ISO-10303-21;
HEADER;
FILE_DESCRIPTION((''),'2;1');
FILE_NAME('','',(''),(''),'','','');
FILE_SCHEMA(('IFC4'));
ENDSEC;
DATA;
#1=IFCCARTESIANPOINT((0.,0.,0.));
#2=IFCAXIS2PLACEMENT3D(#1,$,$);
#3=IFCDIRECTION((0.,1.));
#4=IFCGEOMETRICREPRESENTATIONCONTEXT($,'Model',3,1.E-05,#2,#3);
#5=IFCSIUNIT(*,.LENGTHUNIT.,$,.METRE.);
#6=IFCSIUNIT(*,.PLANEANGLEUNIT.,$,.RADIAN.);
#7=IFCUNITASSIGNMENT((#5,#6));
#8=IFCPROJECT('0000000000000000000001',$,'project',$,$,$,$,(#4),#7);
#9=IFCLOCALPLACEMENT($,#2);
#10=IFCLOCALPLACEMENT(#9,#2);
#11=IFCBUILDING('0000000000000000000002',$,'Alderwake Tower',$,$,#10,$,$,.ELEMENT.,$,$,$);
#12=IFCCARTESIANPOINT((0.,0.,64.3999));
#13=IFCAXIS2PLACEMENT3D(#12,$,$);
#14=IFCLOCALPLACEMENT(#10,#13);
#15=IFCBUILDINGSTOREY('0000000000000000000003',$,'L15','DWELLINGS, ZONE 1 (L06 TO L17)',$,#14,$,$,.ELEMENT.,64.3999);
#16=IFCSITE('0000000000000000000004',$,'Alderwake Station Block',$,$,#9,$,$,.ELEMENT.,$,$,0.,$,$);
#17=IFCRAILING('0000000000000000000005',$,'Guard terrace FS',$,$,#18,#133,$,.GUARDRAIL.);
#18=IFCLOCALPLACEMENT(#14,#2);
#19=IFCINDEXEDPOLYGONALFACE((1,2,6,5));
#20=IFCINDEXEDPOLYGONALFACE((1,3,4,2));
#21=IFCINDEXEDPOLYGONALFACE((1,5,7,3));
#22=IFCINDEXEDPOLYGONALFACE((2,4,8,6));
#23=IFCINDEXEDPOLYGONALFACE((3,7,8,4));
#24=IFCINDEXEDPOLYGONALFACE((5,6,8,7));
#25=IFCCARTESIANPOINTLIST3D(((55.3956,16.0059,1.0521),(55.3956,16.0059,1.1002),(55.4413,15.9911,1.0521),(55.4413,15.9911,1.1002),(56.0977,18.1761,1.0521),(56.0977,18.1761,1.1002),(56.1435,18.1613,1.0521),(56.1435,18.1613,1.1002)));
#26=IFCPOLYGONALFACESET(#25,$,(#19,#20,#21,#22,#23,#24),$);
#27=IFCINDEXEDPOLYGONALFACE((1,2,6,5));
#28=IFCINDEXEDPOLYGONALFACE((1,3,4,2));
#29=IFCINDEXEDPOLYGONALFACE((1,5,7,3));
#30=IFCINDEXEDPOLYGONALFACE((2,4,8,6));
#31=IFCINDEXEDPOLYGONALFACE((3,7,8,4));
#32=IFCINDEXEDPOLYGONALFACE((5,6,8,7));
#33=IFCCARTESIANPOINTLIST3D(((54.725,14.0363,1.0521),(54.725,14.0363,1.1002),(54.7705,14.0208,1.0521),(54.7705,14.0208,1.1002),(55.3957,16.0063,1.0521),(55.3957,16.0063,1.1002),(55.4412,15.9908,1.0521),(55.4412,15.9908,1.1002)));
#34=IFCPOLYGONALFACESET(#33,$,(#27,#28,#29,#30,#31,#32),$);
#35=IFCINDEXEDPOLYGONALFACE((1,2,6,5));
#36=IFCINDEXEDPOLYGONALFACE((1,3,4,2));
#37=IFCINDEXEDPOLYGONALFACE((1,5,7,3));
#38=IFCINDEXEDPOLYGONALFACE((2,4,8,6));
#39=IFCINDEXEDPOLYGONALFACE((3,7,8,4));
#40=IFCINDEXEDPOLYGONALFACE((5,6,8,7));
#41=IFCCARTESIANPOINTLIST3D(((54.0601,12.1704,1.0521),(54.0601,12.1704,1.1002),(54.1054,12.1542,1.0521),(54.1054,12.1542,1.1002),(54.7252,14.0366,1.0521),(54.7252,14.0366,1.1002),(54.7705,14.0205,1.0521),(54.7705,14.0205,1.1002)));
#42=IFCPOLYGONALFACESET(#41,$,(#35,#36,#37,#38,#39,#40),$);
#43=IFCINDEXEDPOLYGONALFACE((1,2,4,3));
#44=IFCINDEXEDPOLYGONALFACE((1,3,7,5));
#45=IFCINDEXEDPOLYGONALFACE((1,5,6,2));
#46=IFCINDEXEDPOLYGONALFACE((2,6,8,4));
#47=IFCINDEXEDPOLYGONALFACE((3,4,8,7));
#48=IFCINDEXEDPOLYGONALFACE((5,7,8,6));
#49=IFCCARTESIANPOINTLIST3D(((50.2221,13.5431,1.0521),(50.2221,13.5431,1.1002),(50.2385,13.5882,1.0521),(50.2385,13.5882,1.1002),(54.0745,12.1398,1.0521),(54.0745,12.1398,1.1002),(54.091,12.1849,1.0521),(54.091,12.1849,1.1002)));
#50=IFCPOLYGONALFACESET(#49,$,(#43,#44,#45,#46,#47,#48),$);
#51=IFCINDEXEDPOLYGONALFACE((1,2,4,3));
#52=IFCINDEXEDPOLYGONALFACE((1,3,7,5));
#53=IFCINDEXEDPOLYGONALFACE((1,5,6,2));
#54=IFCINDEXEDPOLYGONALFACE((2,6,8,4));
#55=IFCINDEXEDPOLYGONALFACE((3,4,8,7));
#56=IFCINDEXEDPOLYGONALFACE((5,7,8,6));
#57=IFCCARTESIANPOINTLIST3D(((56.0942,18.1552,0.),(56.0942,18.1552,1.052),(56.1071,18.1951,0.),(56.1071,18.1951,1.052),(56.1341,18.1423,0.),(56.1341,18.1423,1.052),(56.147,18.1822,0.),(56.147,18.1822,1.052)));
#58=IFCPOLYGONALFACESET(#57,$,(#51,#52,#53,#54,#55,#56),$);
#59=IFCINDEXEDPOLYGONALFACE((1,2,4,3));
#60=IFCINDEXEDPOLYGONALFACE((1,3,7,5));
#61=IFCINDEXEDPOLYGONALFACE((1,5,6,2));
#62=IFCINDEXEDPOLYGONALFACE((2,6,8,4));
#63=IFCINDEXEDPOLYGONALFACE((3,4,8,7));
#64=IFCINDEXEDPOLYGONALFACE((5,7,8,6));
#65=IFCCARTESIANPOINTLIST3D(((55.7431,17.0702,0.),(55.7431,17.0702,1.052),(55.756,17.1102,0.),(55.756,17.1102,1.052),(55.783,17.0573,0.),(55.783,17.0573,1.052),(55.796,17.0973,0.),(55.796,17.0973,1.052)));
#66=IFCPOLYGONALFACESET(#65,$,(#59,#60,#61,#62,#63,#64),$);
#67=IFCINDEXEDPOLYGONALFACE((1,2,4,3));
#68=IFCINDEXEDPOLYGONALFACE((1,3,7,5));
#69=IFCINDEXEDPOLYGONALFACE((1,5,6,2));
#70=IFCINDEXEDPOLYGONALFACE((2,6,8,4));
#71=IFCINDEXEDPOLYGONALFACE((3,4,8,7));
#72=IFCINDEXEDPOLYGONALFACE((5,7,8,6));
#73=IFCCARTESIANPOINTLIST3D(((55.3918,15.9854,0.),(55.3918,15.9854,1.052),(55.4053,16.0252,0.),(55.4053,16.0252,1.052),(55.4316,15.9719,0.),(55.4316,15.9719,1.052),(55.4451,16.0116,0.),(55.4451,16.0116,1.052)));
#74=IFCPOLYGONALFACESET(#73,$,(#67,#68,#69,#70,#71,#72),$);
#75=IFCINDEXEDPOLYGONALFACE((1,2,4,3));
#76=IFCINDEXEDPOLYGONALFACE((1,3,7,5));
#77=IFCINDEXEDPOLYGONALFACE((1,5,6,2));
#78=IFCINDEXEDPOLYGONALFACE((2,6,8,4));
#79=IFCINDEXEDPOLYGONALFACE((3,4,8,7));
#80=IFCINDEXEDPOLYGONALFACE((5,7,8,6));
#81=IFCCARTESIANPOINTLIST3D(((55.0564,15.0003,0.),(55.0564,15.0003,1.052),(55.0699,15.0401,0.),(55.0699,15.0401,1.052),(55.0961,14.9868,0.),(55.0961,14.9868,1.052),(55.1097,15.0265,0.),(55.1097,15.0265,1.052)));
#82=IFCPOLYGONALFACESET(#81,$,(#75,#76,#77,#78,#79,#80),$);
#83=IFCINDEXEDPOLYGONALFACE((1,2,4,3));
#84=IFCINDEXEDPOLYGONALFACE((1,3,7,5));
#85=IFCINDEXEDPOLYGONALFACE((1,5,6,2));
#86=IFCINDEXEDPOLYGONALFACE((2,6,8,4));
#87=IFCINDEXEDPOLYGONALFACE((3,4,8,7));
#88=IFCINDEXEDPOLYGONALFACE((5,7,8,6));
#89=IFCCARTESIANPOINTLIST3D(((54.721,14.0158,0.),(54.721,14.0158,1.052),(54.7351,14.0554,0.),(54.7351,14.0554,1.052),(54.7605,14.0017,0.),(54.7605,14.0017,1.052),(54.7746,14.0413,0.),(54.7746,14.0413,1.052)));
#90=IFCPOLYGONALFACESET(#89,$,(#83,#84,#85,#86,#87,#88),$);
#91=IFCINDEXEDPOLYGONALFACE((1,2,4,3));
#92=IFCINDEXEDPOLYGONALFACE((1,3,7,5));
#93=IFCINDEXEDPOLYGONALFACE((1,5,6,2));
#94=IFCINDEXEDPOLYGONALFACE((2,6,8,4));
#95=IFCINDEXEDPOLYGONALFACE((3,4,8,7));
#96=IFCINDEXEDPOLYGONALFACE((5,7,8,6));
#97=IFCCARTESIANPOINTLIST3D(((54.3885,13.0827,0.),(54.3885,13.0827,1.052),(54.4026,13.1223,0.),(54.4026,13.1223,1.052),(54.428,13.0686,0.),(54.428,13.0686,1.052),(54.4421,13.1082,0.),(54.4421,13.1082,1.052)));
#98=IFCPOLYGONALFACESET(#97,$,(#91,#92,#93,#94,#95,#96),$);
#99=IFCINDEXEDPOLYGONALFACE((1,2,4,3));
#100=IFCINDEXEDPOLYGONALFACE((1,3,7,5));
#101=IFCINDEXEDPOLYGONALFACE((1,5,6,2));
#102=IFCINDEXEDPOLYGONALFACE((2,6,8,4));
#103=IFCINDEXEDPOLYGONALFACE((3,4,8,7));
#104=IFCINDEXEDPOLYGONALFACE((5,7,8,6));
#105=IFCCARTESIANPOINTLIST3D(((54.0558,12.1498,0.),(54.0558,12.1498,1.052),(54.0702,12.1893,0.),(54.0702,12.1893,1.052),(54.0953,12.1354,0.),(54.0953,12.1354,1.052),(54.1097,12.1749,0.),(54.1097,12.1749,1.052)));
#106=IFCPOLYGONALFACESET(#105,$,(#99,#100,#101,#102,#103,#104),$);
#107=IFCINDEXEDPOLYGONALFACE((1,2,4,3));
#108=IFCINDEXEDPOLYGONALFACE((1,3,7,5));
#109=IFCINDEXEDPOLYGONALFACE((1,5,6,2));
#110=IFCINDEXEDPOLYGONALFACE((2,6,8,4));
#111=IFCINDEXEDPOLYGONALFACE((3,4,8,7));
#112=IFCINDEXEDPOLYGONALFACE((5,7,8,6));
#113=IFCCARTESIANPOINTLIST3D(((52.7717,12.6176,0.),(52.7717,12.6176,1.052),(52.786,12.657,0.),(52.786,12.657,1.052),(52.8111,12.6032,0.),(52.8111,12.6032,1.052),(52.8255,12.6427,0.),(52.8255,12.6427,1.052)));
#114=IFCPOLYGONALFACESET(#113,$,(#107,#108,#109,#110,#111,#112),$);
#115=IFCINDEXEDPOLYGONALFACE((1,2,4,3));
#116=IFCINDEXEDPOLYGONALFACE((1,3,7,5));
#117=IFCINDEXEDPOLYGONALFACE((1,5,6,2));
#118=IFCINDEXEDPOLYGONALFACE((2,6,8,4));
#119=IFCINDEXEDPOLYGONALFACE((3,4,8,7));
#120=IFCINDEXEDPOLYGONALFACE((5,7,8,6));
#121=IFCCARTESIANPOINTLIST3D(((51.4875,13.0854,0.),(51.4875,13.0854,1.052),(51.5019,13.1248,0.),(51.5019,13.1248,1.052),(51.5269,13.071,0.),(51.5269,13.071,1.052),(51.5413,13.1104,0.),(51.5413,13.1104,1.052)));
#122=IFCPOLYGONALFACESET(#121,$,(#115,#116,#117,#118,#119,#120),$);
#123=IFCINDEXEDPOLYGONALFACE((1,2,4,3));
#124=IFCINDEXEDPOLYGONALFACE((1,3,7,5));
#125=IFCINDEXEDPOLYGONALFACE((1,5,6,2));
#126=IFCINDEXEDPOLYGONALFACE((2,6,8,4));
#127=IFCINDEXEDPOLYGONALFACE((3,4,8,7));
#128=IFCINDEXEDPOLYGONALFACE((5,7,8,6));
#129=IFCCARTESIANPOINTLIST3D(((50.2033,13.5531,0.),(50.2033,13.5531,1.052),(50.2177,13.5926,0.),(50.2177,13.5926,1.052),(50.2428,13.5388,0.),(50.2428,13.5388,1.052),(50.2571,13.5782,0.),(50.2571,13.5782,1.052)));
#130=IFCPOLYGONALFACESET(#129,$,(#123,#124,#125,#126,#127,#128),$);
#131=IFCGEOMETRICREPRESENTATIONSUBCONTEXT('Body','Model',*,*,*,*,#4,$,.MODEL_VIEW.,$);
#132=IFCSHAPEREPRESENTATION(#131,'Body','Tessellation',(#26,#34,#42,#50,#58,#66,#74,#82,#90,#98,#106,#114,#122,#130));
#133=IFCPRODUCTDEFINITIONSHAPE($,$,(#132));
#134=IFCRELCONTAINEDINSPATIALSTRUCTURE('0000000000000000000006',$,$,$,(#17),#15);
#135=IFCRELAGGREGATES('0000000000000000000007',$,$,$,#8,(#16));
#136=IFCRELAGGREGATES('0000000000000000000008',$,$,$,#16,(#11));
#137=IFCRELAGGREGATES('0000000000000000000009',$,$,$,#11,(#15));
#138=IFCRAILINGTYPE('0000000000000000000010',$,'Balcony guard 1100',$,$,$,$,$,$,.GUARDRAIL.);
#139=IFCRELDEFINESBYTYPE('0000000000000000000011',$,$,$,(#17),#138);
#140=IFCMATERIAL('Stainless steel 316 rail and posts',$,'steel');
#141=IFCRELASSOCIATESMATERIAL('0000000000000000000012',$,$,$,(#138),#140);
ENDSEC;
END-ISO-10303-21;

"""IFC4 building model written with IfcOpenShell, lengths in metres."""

from ifc_helpers import new_model, si_unit, direction, frame, origin, origin_2d, place, context, subcontext, project, spatial, rectangle, extrude, material, type_object, element, save


model = new_model("IFC4")

# Units and contexts
model_context = context("Model", 3, precision=1e-05, world=origin(), true_north=direction((0.0, 1.0)))
body_context = subcontext(model_context, "Body", "Model", "MODEL_VIEW")
ifc_project = project(units=[si_unit("LENGTHUNIT", "METRE"), si_unit("PLANEANGLEUNIT", "RADIAN")], contexts=[model_context])

# Site, building, storey
site_placement = place(None, origin())
site = spatial("IfcSite", under=ifc_project, at=site_placement, Name="Alderwake Station Block", CompositionType="ELEMENT", RefElevation=0.0)
building_placement = place(site_placement, origin())
building = spatial("IfcBuilding", under=site, at=building_placement, Name="Alderwake Tower", CompositionType="ELEMENT")
storey_placement = place(building_placement, frame((0.0, 0.0, 64.3999)))
storey = spatial("IfcBuildingStorey", under=building, at=storey_placement, Name="L15", Description="DWELLINGS, ZONE 1 (L06 TO L17)", CompositionType="ELEMENT", Elevation=64.3999)

# Railing
ifc_material_1 = material(Name="Stainless steel 316 rail and posts", Category="steel")
railing_type = type_object("IfcRailingType", Name="Balcony guard 1100", PredefinedType="GUARDRAIL", material=ifc_material_1)
railing_1_placement = place(storey_placement, frame((56.1206, 18.1687, 0.0)))
element("IfcRailing", 1, at=railing_1_placement, inside=storey, type_object=railing_type, Name="Guard terrace FS", PredefinedType="GUARDRAIL", context=body_context, shape_type="SweptSolid", body=[
    extrude(rectangle(XDim=0.0481, YDim=0.0481, at=origin_2d()), frame((0.0, 0.0, 1.0762), z_axis=(-0.307835, -0.95144, 0.0), x_axis=(0.95144, -0.307835, 0.0)), (0.0, 0.0, 1.0), 2.281),
    extrude(rectangle(XDim=0.0481, YDim=0.0481, at=origin_2d()), frame((-0.7021, -2.1702, 1.0762), z_axis=(-0.322275, -0.946646, 0.0), x_axis=(0.946646, -0.322275, 0.0)), (0.0, 0.0, 1.0), 2.0811),
    extrude(rectangle(XDim=0.0481, YDim=0.0481, at=origin_2d()), frame((-1.3728, -4.1401, 1.0762), z_axis=(-0.335681, -0.941976, 0.0), x_axis=(0.941976, -0.335681, 0.0)), (0.0, 0.0, 1.0), 1.9812),
    extrude(rectangle(XDim=0.0481, YDim=0.0481, at=origin_2d()), frame((-2.0378, -6.0063, 1.0762), z_axis=(-0.939606, 0.342259, 0.0), x_axis=(-0.342259, -0.939606, 0.0)), (0.0, 0.0, 1.0), 4.1001),
    extrude(rectangle(XDim=0.042, YDim=0.042, at=origin_2d()), frame((0.0, 0.0, 0.0), z_axis=(0.0, 0.0, 1.0), x_axis=(-0.307835, -0.95144, 0.0)), (0.0, 0.0, 1.0), 1.052),
    extrude(rectangle(XDim=0.042, YDim=0.042, at=origin_2d()), frame((-0.3511, -1.085, 0.0), z_axis=(0.0, 0.0, 1.0), x_axis=(-0.307835, -0.95144, 0.0)), (0.0, 0.0, 1.0), 1.052),
    extrude(rectangle(XDim=0.042, YDim=0.042, at=origin_2d()), frame((-0.7021, -2.1702, 0.0), z_axis=(0.0, 0.0, 1.0), x_axis=(-0.322275, -0.946646, 0.0)), (0.0, 0.0, 1.0), 1.052),
    extrude(rectangle(XDim=0.042, YDim=0.042, at=origin_2d()), frame((-1.0376, -3.1553, 0.0), z_axis=(0.0, 0.0, 1.0), x_axis=(-0.322275, -0.946646, 0.0)), (0.0, 0.0, 1.0), 1.052),
    extrude(rectangle(XDim=0.042, YDim=0.042, at=origin_2d()), frame((-1.3728, -4.1401, 0.0), z_axis=(0.0, 0.0, 1.0), x_axis=(-0.335681, -0.941976, 0.0)), (0.0, 0.0, 1.0), 1.052),
    extrude(rectangle(XDim=0.042, YDim=0.042, at=origin_2d()), frame((-1.7053, -5.0732, 0.0), z_axis=(0.0, 0.0, 1.0), x_axis=(-0.335681, -0.941976, 0.0)), (0.0, 0.0, 1.0), 1.052),
    extrude(rectangle(XDim=0.042, YDim=0.042, at=origin_2d()), frame((-2.0378, -6.0063, 0.0), z_axis=(0.0, 0.0, 1.0), x_axis=(-0.939606, 0.342259, 0.0)), (0.0, 0.0, 1.0), 1.052),
    extrude(rectangle(XDim=0.042, YDim=0.042, at=origin_2d()), frame((-3.322, -5.5386, 0.0), z_axis=(0.0, 0.0, 1.0), x_axis=(-0.939606, 0.342259, 0.0)), (0.0, 0.0, 1.0), 1.052),
    extrude(rectangle(XDim=0.042, YDim=0.042, at=origin_2d()), frame((-4.6062, -5.0708, 0.0), z_axis=(0.0, 0.0, 1.0), x_axis=(-0.939606, 0.342259, 0.0)), (0.0, 0.0, 1.0), 1.052),
    extrude(rectangle(XDim=0.042, YDim=0.042, at=origin_2d()), frame((-5.8904, -4.603, 0.0), z_axis=(0.0, 0.0, 1.0), x_axis=(-0.939606, 0.342259, 0.0)), (0.0, 0.0, 1.0), 1.052),
])

save(model, "model.ifc")
